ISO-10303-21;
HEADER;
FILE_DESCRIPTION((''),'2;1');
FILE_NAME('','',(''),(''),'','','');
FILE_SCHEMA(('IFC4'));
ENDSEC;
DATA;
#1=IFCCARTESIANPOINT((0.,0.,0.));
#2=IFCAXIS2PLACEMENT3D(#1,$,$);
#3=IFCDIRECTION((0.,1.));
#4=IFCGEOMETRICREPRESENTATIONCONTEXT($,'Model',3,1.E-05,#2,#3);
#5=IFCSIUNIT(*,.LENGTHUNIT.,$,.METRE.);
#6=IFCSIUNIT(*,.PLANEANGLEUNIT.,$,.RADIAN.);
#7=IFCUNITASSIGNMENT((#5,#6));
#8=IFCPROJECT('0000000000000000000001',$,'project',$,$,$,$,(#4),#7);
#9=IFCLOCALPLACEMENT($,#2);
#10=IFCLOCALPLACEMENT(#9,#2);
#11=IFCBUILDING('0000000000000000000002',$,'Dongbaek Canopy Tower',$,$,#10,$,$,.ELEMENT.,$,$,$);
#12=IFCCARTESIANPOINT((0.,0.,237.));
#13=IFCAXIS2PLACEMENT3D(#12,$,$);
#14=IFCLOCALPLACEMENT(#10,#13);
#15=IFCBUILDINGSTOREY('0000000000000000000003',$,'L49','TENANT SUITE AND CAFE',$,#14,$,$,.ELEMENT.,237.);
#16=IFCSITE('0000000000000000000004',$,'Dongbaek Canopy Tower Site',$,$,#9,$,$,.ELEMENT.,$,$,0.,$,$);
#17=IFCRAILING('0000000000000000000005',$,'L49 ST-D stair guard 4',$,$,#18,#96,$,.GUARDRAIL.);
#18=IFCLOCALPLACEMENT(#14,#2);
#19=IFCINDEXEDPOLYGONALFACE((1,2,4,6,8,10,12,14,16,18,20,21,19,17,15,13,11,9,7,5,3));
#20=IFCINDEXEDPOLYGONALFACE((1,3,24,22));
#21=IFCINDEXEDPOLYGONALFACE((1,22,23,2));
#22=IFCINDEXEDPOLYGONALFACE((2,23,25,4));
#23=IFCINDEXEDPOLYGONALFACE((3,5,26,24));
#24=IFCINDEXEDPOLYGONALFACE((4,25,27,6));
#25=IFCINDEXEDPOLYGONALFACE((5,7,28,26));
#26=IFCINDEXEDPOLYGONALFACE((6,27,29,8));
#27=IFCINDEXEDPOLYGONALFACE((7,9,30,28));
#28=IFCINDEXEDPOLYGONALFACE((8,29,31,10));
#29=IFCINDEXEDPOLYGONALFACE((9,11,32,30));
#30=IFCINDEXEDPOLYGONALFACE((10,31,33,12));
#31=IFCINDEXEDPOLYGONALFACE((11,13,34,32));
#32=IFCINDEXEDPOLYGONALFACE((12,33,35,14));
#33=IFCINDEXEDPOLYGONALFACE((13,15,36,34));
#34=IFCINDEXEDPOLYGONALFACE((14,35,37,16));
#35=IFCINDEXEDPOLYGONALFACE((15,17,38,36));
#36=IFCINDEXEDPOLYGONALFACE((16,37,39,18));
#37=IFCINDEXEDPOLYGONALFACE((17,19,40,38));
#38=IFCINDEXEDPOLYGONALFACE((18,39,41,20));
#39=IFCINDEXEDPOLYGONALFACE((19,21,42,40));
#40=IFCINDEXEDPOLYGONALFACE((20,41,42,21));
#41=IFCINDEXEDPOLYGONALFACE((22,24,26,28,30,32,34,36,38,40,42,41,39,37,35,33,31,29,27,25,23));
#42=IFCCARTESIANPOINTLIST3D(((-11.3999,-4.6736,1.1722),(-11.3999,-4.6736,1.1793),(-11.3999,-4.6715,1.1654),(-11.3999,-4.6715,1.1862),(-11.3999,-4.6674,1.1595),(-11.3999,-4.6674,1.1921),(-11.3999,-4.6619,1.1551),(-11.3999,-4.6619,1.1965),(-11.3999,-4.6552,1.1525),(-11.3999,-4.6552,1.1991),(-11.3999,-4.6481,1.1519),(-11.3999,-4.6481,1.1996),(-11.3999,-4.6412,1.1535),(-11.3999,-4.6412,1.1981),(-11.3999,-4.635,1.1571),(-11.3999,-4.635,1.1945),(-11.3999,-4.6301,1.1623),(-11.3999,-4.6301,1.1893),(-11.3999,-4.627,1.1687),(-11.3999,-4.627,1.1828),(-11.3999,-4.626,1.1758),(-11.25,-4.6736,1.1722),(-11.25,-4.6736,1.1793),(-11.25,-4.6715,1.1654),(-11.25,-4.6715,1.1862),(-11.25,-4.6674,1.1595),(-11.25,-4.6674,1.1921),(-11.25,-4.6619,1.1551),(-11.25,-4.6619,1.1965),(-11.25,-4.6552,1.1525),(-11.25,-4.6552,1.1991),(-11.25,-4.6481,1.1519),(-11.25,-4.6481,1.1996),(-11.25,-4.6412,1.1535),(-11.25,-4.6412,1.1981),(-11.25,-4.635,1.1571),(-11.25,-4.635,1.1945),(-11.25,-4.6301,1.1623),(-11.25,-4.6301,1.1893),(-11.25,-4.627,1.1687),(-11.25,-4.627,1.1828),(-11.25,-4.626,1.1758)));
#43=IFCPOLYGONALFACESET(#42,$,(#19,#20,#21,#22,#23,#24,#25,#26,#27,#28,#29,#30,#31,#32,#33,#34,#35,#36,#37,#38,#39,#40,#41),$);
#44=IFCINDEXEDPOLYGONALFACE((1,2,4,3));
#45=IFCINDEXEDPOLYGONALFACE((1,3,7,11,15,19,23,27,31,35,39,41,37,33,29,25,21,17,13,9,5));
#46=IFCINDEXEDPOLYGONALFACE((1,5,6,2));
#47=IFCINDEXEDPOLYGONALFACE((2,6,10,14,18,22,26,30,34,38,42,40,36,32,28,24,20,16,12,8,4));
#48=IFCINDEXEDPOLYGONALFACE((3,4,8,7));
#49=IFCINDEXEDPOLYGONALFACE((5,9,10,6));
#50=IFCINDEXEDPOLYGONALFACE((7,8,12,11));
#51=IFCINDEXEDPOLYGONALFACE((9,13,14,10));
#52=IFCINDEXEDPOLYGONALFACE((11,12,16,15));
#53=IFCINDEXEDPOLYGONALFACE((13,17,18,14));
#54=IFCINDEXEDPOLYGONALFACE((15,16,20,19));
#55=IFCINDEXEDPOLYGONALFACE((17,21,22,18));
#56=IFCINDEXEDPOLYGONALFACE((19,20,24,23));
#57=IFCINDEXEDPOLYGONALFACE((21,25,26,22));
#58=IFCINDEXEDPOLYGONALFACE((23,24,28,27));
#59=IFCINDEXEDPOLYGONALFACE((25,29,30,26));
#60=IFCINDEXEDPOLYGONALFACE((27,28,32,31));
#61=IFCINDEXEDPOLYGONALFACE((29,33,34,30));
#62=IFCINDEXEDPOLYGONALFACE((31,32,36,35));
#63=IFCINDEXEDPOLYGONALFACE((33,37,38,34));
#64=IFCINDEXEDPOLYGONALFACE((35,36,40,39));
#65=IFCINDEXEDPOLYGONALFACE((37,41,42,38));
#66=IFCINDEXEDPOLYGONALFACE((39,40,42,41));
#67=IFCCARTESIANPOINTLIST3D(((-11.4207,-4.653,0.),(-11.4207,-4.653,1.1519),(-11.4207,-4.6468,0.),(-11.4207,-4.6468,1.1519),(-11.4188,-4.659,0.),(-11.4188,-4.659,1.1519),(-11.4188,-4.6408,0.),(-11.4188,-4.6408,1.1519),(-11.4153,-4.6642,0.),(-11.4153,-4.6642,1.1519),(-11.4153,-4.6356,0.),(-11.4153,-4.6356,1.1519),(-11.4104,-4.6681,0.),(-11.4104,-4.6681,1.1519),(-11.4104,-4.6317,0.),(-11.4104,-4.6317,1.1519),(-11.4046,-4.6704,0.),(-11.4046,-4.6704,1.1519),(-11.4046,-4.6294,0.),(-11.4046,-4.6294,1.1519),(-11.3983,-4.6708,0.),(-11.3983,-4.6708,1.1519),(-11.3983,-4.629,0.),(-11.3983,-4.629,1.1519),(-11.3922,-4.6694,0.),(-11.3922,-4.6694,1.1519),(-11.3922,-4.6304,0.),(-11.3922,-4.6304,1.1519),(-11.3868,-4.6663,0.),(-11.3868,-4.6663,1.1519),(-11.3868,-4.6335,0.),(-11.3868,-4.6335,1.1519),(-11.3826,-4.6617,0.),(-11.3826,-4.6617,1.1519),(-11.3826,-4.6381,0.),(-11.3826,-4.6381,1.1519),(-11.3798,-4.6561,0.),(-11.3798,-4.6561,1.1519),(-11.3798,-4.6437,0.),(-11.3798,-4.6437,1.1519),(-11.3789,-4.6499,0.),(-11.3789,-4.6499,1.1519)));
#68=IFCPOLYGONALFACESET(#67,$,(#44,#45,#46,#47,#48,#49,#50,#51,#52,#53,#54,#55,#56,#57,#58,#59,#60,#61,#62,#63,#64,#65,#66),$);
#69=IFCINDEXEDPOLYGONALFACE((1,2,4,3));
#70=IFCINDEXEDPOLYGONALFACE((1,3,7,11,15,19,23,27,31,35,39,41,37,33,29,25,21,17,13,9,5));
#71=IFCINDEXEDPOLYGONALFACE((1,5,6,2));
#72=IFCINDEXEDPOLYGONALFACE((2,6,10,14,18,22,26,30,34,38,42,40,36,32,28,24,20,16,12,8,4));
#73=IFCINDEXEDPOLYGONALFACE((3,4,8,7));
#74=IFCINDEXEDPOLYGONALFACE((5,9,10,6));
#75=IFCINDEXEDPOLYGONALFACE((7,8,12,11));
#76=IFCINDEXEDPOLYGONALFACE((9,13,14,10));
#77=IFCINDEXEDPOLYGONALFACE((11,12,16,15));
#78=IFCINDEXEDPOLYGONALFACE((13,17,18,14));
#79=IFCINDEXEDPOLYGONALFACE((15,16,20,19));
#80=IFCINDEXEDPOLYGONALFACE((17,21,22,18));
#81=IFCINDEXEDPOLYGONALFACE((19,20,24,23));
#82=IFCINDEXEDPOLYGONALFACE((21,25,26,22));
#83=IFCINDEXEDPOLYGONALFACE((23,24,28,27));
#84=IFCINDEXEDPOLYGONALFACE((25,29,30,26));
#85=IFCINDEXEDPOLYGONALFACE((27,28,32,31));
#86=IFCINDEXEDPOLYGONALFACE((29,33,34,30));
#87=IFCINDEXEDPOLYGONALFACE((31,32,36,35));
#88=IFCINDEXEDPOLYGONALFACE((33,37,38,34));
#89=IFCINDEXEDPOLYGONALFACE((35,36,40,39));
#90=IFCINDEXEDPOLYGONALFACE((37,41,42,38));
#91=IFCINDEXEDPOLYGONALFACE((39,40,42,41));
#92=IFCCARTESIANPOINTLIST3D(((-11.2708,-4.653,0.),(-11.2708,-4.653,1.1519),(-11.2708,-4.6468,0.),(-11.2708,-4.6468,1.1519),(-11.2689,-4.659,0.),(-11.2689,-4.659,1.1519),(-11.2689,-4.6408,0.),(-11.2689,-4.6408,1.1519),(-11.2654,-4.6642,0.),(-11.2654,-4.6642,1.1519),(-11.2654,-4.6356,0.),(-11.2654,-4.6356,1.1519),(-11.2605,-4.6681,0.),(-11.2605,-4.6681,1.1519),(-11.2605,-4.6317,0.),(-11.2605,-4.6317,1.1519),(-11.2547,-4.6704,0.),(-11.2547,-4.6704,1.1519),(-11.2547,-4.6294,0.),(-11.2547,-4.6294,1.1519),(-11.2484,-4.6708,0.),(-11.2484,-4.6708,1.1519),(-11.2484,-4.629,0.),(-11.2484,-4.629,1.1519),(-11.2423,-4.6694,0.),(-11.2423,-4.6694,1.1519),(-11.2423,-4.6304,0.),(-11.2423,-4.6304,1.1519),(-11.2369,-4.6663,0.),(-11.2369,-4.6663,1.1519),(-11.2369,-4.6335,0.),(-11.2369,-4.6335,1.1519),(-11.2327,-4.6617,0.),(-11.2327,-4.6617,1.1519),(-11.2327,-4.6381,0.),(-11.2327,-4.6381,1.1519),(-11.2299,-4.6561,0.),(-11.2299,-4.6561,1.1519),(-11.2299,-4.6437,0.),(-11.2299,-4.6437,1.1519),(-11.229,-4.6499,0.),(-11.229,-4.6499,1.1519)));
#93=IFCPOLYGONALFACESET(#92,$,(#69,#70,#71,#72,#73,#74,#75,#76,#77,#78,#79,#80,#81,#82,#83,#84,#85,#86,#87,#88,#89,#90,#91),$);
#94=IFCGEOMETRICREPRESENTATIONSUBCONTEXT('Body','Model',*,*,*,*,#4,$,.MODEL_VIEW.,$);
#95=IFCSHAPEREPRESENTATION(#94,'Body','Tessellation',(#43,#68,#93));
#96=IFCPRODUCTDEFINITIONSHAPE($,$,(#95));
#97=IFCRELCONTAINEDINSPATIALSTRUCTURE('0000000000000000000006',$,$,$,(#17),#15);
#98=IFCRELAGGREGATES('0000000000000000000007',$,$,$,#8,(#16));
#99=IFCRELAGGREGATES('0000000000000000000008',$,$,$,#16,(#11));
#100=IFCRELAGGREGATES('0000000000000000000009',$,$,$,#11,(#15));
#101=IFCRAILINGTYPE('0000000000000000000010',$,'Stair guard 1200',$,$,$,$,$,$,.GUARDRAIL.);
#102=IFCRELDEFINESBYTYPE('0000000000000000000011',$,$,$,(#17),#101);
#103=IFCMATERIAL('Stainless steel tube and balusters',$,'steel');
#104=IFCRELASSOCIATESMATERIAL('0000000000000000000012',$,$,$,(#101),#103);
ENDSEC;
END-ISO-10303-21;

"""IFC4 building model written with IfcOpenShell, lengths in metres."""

from ifc_helpers import new_model, si_unit, direction, frame, origin, origin_2d, place, context, subcontext, project, spatial, circle, extrude, material, type_object, element, save


model = new_model("IFC4")

# Units and contexts
model_context = context("Model", 3, precision=1e-05, world=origin(), true_north=direction((0.0, 1.0)))
body_context = subcontext(model_context, "Body", "Model", "MODEL_VIEW")
ifc_project = project(units=[si_unit("LENGTHUNIT", "METRE"), si_unit("PLANEANGLEUNIT", "RADIAN")], contexts=[model_context])

# Site, building, storey
site_placement = place(None, origin())
site = spatial("IfcSite", under=ifc_project, at=site_placement, Name="Dongbaek Canopy Tower Site", CompositionType="ELEMENT", RefElevation=0.0)
building_placement = place(site_placement, origin())
building = spatial("IfcBuilding", under=site, at=building_placement, Name="Dongbaek Canopy Tower", CompositionType="ELEMENT")
storey_placement = place(building_placement, frame((0.0, 0.0, 237.0)))
storey = spatial("IfcBuildingStorey", under=building, at=storey_placement, Name="L49", Description="TENANT SUITE AND CAFE", CompositionType="ELEMENT", Elevation=237.0)

# Railing
ifc_material_1 = material(Name="Stainless steel tube and balusters", Category="steel")
railing_type_1 = type_object("IfcRailingType", Name="Stair guard 1200", PredefinedType="GUARDRAIL", material=ifc_material_1)
railing_1_placement = place(storey_placement, frame((-11.3999, -4.6499, 0.0)))
element("IfcRailing", 1, at=railing_1_placement, inside=storey, type_object=railing_type_1, Name="L49 ST-D stair guard 4", PredefinedType="GUARDRAIL", context=body_context, shape_type="SweptSolid", body=[
    extrude(circle(Radius=0.0239, at=origin_2d()), frame((0.0, 0.0, 1.1758), z_axis=(1.0, 0.0, 0.0), x_axis=(0.0, 1.0, 0.0)), (0.0, 0.0, 1.0), 0.1499),
    extrude(circle(Radius=0.021, at=origin_2d()), origin(), (0.0, 0.0, 1.0), 1.1519),
    extrude(circle(Radius=0.021, at=origin_2d()), frame((0.1499, 0.0, 0.0)), (0.0, 0.0, 1.0), 1.1519),
])

save(model, "model.ifc")
